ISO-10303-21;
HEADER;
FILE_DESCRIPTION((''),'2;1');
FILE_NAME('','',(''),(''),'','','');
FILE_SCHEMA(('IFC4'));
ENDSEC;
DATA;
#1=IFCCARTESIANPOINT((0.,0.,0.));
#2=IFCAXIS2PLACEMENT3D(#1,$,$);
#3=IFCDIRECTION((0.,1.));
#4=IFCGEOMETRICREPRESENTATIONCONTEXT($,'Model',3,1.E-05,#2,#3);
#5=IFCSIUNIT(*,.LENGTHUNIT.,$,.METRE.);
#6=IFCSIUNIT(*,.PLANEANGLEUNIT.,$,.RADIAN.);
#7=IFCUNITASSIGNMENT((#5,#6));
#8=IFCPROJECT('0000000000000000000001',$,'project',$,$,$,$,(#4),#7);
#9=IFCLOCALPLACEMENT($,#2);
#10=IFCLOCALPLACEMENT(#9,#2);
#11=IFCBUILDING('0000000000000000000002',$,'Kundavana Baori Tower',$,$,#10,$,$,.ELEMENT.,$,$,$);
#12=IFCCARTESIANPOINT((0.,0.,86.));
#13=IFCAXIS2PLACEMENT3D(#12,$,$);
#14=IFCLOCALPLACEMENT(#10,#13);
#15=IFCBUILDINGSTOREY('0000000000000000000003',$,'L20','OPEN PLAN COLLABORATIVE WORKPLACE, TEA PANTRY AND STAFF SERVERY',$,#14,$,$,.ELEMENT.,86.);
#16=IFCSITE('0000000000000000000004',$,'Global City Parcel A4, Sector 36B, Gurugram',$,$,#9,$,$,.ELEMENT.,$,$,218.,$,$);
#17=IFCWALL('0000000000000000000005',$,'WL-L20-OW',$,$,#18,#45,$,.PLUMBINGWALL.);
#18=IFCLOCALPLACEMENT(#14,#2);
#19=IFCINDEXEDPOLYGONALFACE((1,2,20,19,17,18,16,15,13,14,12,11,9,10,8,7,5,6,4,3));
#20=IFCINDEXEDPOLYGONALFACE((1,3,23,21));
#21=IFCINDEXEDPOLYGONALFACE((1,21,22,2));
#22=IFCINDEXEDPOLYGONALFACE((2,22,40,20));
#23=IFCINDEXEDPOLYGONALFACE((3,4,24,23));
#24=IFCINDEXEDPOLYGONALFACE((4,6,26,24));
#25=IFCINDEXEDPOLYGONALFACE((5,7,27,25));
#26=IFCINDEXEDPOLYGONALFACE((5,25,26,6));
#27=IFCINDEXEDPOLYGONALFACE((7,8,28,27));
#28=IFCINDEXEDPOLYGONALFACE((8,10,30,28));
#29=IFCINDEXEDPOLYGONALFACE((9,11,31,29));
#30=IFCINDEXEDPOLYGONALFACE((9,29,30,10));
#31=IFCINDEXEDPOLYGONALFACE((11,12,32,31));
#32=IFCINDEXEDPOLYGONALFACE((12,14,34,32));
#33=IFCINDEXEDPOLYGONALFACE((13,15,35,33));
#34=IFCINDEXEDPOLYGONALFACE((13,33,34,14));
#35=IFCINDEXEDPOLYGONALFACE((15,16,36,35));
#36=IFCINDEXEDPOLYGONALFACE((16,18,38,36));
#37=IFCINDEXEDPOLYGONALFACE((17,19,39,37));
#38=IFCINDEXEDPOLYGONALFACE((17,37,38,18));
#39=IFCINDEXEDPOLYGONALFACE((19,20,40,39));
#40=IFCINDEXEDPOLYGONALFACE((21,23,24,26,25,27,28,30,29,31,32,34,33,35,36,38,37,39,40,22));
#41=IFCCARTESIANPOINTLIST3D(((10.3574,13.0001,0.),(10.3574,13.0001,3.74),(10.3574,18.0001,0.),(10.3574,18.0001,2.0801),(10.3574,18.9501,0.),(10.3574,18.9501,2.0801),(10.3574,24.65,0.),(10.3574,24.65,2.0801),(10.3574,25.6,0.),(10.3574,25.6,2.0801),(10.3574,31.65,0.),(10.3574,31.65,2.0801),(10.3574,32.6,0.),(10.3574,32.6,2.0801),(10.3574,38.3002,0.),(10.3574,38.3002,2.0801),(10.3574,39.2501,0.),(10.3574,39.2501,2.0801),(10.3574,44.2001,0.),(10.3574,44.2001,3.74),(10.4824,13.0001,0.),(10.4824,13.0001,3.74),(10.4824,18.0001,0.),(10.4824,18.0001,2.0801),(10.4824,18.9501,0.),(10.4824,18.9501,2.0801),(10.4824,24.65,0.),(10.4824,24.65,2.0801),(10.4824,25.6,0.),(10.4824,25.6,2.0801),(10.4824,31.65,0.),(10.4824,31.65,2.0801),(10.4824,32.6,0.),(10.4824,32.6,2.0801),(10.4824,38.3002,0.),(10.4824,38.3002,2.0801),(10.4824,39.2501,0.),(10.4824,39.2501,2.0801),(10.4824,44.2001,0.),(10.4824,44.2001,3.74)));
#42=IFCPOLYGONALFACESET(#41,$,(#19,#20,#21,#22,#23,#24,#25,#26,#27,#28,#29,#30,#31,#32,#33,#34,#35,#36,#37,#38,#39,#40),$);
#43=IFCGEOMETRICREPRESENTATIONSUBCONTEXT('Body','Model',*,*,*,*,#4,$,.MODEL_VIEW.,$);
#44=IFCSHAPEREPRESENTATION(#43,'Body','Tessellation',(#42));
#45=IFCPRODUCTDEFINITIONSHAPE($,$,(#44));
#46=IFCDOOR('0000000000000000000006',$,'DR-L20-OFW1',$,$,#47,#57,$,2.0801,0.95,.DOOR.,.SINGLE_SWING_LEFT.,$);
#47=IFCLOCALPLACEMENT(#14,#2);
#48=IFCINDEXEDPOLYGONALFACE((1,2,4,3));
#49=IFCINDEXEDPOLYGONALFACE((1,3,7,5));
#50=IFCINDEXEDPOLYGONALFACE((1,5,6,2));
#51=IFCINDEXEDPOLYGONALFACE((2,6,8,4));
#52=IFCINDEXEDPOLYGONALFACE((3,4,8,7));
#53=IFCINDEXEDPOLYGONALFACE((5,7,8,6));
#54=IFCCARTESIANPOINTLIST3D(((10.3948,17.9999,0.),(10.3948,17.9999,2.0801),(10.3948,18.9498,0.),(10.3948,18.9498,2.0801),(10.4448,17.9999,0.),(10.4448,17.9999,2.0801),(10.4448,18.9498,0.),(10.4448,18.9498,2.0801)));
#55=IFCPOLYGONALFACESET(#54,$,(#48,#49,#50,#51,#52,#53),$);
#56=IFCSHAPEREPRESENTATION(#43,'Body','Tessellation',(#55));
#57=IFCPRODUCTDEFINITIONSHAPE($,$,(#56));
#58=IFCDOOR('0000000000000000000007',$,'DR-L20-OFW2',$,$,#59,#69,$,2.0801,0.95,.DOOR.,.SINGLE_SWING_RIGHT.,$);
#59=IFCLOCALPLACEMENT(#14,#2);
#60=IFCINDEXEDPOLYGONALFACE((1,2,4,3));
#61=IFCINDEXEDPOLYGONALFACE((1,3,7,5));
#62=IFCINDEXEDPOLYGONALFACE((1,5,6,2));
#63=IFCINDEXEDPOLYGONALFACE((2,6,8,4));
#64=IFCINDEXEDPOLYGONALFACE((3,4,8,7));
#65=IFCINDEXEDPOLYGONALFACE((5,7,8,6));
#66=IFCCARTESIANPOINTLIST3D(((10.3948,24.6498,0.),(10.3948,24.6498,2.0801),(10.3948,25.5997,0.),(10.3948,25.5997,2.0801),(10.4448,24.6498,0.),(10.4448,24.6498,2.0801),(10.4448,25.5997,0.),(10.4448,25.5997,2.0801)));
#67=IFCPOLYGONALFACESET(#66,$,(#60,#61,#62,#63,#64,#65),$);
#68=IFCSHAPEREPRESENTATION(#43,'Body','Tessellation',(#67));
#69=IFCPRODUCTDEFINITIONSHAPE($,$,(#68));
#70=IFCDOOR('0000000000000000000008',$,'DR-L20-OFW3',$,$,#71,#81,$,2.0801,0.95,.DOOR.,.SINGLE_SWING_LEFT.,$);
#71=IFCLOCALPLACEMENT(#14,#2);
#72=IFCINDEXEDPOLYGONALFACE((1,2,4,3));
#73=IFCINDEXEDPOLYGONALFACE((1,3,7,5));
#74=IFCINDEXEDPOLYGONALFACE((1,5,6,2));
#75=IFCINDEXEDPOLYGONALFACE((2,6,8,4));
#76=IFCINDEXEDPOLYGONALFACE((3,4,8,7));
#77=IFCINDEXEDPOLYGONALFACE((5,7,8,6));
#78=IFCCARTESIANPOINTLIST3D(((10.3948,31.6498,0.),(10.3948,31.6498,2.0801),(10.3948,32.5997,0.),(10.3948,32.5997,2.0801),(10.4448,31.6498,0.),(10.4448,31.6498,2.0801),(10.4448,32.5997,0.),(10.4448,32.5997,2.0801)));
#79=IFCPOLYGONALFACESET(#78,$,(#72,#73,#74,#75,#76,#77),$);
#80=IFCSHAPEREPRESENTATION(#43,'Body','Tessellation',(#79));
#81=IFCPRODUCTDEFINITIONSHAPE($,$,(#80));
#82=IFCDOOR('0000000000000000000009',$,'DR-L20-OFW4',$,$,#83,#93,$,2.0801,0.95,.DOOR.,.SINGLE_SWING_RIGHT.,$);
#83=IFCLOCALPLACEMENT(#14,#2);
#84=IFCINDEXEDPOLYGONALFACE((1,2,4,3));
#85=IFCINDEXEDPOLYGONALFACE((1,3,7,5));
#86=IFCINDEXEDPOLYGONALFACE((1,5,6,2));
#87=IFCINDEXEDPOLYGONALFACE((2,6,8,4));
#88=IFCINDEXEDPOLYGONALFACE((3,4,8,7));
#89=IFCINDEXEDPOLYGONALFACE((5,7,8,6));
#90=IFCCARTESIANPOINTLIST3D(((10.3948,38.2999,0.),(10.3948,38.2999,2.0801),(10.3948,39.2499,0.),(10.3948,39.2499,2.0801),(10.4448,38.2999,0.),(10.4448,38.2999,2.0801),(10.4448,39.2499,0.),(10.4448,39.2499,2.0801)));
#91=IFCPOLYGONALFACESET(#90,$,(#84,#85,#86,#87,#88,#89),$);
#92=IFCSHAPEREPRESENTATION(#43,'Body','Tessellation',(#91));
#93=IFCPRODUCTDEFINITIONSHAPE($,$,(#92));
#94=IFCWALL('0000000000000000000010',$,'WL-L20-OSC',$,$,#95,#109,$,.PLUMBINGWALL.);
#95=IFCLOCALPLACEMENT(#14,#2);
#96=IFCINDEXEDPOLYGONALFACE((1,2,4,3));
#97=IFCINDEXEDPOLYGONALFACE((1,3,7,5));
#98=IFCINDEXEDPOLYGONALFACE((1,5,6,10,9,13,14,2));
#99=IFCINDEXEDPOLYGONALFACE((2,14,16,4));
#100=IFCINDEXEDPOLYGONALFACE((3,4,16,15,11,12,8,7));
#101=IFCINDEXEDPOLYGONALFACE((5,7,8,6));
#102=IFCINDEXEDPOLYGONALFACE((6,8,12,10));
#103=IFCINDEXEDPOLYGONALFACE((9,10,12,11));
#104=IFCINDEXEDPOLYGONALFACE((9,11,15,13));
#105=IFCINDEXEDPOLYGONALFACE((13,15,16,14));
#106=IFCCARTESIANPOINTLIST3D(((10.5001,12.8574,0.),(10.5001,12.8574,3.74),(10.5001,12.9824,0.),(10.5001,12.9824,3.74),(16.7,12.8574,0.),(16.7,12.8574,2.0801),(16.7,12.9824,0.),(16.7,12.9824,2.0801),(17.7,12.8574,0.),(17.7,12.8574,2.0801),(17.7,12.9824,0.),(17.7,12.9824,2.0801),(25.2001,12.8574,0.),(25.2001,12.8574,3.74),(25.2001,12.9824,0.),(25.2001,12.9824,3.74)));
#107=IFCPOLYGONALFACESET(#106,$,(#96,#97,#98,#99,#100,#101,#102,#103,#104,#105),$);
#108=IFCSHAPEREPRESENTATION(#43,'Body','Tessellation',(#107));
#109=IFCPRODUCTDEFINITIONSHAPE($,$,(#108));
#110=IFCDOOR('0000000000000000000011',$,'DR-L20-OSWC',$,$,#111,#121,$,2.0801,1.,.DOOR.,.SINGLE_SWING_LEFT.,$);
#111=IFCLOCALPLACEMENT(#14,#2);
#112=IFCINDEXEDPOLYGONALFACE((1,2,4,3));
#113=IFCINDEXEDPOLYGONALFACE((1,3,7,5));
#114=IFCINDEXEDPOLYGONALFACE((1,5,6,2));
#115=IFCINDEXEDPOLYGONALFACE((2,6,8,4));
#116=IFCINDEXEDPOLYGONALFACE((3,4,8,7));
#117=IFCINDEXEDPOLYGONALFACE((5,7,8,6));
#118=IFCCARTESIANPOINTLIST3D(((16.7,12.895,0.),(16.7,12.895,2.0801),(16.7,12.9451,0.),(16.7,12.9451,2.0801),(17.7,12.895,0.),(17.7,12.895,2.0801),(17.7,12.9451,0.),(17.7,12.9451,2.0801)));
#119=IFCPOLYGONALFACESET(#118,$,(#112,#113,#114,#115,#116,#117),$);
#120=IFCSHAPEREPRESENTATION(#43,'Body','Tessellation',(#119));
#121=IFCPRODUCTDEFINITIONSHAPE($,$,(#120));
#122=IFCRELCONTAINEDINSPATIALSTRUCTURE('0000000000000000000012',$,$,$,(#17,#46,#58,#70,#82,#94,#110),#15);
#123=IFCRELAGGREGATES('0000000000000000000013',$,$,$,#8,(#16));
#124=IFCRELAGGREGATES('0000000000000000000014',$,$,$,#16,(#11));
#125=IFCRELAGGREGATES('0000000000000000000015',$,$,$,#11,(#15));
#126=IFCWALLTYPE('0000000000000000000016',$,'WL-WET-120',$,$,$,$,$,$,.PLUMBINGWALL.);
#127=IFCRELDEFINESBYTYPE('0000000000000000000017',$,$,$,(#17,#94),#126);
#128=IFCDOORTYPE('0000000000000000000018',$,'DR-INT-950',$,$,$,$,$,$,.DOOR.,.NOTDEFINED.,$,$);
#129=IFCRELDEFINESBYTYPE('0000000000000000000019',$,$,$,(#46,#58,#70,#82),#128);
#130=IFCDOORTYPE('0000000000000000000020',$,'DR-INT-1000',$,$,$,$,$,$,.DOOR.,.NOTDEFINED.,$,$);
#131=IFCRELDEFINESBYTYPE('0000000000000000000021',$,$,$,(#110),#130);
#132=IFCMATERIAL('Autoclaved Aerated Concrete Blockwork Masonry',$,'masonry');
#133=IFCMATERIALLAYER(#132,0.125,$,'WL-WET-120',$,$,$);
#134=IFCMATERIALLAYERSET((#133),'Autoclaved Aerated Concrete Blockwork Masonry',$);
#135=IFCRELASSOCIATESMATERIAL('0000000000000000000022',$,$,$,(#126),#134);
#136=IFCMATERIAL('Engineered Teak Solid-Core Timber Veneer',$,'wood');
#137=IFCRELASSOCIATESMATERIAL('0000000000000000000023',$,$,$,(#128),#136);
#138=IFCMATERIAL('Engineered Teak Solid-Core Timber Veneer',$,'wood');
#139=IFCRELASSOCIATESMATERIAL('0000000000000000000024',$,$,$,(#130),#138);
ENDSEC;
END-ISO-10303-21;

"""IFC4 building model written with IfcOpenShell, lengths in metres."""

from ifc_helpers import new_model, si_unit, direction, frame, frame_2d, origin, place, context, subcontext, project, spatial, rectangle, extrude, material, layer, layer_set, type_object, element, fill, save


model = new_model("IFC4")

# Units and contexts
model_context = context("Model", 3, precision=1e-05, world=origin(), true_north=direction((0.0, 1.0)))
body_context = subcontext(model_context, "Body", "Model", "MODEL_VIEW")
ifc_project = project(units=[si_unit("LENGTHUNIT", "METRE"), si_unit("PLANEANGLEUNIT", "RADIAN")], contexts=[model_context])

# Site, building, storey
site_placement = place(None, origin())
site = spatial("IfcSite", under=ifc_project, at=site_placement, Name="Global City Parcel A4, Sector 36B, Gurugram", CompositionType="ELEMENT", RefElevation=218.0)
building_placement = place(site_placement, origin())
building = spatial("IfcBuilding", under=site, at=building_placement, Name="Kundavana Baori Tower", CompositionType="ELEMENT")
storey_placement = place(building_placement, frame((0.0, 0.0, 86.0)))
storey = spatial("IfcBuildingStorey", under=building, at=storey_placement, Name="L20", Description="OPEN PLAN COLLABORATIVE WORKPLACE, TEA PANTRY AND STAFF SERVERY", CompositionType="ELEMENT", Elevation=86.0)

# Wall, openings, doors
ifc_material_1 = material(Name="Autoclaved Aerated Concrete Blockwork Masonry", Category="masonry")
ifc_layer_1 = layer(ifc_material_1, 0.125, Name="WL-WET-120")
ifc_layer_set_1 = layer_set([ifc_layer_1], Name="Autoclaved Aerated Concrete Blockwork Masonry")
wall_type_1 = type_object("IfcWallType", Name="WL-WET-120", PredefinedType="PLUMBINGWALL", material=ifc_layer_set_1)
wall_1_placement = place(storey_placement, frame((10.4199, 13.0, 0.0), z_axis=(0.0, 0.0, 1.0), x_axis=(0.0, 1.0, 0.0)))
wall_1 = element("IfcWall", 1, at=wall_1_placement, inside=storey, type_object=wall_type_1, Name="WL-L20-OW", PredefinedType="PLUMBINGWALL", context=body_context, shape_type="SweptSolid", body=[
    extrude(rectangle(XDim=31.2, YDim=0.125, at=frame_2d((15.6001, 0.0))), origin(), (0.0, 0.0, 1.0), 3.74),
])
opening_1_placement = place(wall_1_placement, frame((5.0, 0.0, 0.0)))
opening_1 = element("IfcOpeningElement", 2, at=opening_1_placement, cuts=wall_1, PredefinedType="OPENING", context=body_context, shape_type="SweptSolid", body=[
    extrude(rectangle(XDim=0.95, YDim=2.0801, at=frame_2d((0.4751, 1.04))), frame((0.0, 0.0725, 0.0), z_axis=(0.0, -1.0, 0.0), x_axis=(1.0, 0.0, 0.0)), (0.0, 0.0, 1.0), 0.145),
])
opening_2_placement = place(wall_1_placement, frame((11.6499, 0.0, 0.0)))
opening_2 = element("IfcOpeningElement", 3, at=opening_2_placement, cuts=wall_1, PredefinedType="OPENING", context=body_context, shape_type="SweptSolid", body=[
    extrude(rectangle(XDim=0.95, YDim=2.0801, at=frame_2d((0.4751, 1.04))), frame((0.0, 0.0725, 0.0), z_axis=(0.0, -1.0, 0.0), x_axis=(1.0, 0.0, 0.0)), (0.0, 0.0, 1.0), 0.145),
])
opening_3_placement = place(wall_1_placement, frame((18.6499, 0.0, 0.0)))
opening_3 = element("IfcOpeningElement", 4, at=opening_3_placement, cuts=wall_1, PredefinedType="OPENING", context=body_context, shape_type="SweptSolid", body=[
    extrude(rectangle(XDim=0.95, YDim=2.0801, at=frame_2d((0.4751, 1.04))), frame((0.0, 0.0725, 0.0), z_axis=(0.0, -1.0, 0.0), x_axis=(1.0, 0.0, 0.0)), (0.0, 0.0, 1.0), 0.145),
])
opening_4_placement = place(wall_1_placement, frame((25.3, 0.0, 0.0)))
opening_4 = element("IfcOpeningElement", 5, at=opening_4_placement, cuts=wall_1, PredefinedType="OPENING", context=body_context, shape_type="SweptSolid", body=[
    extrude(rectangle(XDim=0.95, YDim=2.0801, at=frame_2d((0.4751, 1.04))), frame((0.0, 0.0725, 0.0), z_axis=(0.0, -1.0, 0.0), x_axis=(1.0, 0.0, 0.0)), (0.0, 0.0, 1.0), 0.145),
])
ifc_material_2 = material(Name="Engineered Teak Solid-Core Timber Veneer", Category="wood")
door_type_1 = type_object("IfcDoorType", Name="DR-INT-950", OperationType="NOTDEFINED", PredefinedType="DOOR", material=ifc_material_2)
door_1_placement = place(opening_1_placement, frame((0.95, 0.0, 0.0), z_axis=(0.0, 0.0, 1.0), x_axis=(-1.0, 0.0, 0.0)))
door_1 = element("IfcDoor", 6, at=door_1_placement, inside=storey, type_object=door_type_1, Name="DR-L20-OFW1", OperationType="SINGLE_SWING_LEFT", OverallHeight=2.0801, OverallWidth=0.95, PredefinedType="DOOR", context=body_context, shape_type="SweptSolid", body=[
    extrude(rectangle(XDim=0.95, YDim=2.0801, at=frame_2d((0.4751, 1.04))), frame((0.0, 0.0249, 0.0), z_axis=(0.0, -1.0, 0.0), x_axis=(1.0, 0.0, 0.0)), (0.0, 0.0, 1.0), 0.05),
])
fill(opening_1, door_1)
door_2_placement = place(opening_2_placement, frame((0.95, 0.0, 0.0), z_axis=(0.0, 0.0, 1.0), x_axis=(-1.0, 0.0, 0.0)))
door_2 = element("IfcDoor", 7, at=door_2_placement, inside=storey, type_object=door_type_1, Name="DR-L20-OFW2", OperationType="SINGLE_SWING_RIGHT", OverallHeight=2.0801, OverallWidth=0.95, PredefinedType="DOOR", context=body_context, shape_type="SweptSolid", body=[
    extrude(rectangle(XDim=0.95, YDim=2.0801, at=frame_2d((0.4751, 1.04))), frame((0.0, 0.0249, 0.0), z_axis=(0.0, -1.0, 0.0), x_axis=(1.0, 0.0, 0.0)), (0.0, 0.0, 1.0), 0.05),
])
fill(opening_2, door_2)
door_3_placement = place(opening_3_placement, frame((0.95, 0.0, 0.0), z_axis=(0.0, 0.0, 1.0), x_axis=(-1.0, 0.0, 0.0)))
door_3 = element("IfcDoor", 8, at=door_3_placement, inside=storey, type_object=door_type_1, Name="DR-L20-OFW3", OperationType="SINGLE_SWING_LEFT", OverallHeight=2.0801, OverallWidth=0.95, PredefinedType="DOOR", context=body_context, shape_type="SweptSolid", body=[
    extrude(rectangle(XDim=0.95, YDim=2.0801, at=frame_2d((0.4751, 1.04))), frame((0.0, 0.0249, 0.0), z_axis=(0.0, -1.0, 0.0), x_axis=(1.0, 0.0, 0.0)), (0.0, 0.0, 1.0), 0.05),
])
fill(opening_3, door_3)
door_4_placement = place(opening_4_placement, frame((0.95, 0.0, 0.0), z_axis=(0.0, 0.0, 1.0), x_axis=(-1.0, 0.0, 0.0)))
door_4 = element("IfcDoor", 9, at=door_4_placement, inside=storey, type_object=door_type_1, Name="DR-L20-OFW4", OperationType="SINGLE_SWING_RIGHT", OverallHeight=2.0801, OverallWidth=0.95, PredefinedType="DOOR", context=body_context, shape_type="SweptSolid", body=[
    extrude(rectangle(XDim=0.95, YDim=2.0801, at=frame_2d((0.4751, 1.04))), frame((0.0, 0.0249, 0.0), z_axis=(0.0, -1.0, 0.0), x_axis=(1.0, 0.0, 0.0)), (0.0, 0.0, 1.0), 0.05),
])
fill(opening_4, door_4)

# Wall, opening, door
wall_2_placement = place(storey_placement, frame((10.5, 12.9199, 0.0), z_axis=(0.0, 0.0, 1.0), x_axis=(1.0, 0.0, 0.0)))
wall_2 = element("IfcWall", 10, at=wall_2_placement, inside=storey, type_object=wall_type_1, Name="WL-L20-OSC", PredefinedType="PLUMBINGWALL", context=body_context, shape_type="SweptSolid", body=[
    extrude(rectangle(XDim=14.7, YDim=0.125, at=frame_2d((7.3501, 0.0))), origin(), (0.0, 0.0, 1.0), 3.74),
])
opening_5_placement = place(wall_2_placement, frame((6.2, 0.0, 0.0)))
opening_5 = element("IfcOpeningElement", 11, at=opening_5_placement, cuts=wall_2, PredefinedType="OPENING", context=body_context, shape_type="SweptSolid", body=[
    extrude(rectangle(XDim=1.0, YDim=2.0801, at=frame_2d((0.5, 1.04))), frame((0.0, 0.0725, 0.0), z_axis=(0.0, -1.0, 0.0), x_axis=(1.0, 0.0, 0.0)), (0.0, 0.0, 1.0), 0.145),
])
ifc_material_3 = material(Name="Engineered Teak Solid-Core Timber Veneer", Category="wood")
door_type_2 = type_object("IfcDoorType", Name="DR-INT-1000", OperationType="NOTDEFINED", PredefinedType="DOOR", material=ifc_material_3)
door_5_placement = place(opening_5_placement, frame((1.0, 0.0, 0.0), z_axis=(0.0, 0.0, 1.0), x_axis=(-1.0, 0.0, 0.0)))
door_5 = element("IfcDoor", 12, at=door_5_placement, inside=storey, type_object=door_type_2, Name="DR-L20-OSWC", OperationType="SINGLE_SWING_LEFT", OverallHeight=2.0801, OverallWidth=1.0, PredefinedType="DOOR", context=body_context, shape_type="SweptSolid", body=[
    extrude(rectangle(XDim=1.0, YDim=2.0801, at=frame_2d((0.5, 1.04))), frame((0.0, 0.0249, 0.0), z_axis=(0.0, -1.0, 0.0), x_axis=(1.0, 0.0, 0.0)), (0.0, 0.0, 1.0), 0.05),
])
fill(opening_5, door_5)

save(model, "model.ifc")
